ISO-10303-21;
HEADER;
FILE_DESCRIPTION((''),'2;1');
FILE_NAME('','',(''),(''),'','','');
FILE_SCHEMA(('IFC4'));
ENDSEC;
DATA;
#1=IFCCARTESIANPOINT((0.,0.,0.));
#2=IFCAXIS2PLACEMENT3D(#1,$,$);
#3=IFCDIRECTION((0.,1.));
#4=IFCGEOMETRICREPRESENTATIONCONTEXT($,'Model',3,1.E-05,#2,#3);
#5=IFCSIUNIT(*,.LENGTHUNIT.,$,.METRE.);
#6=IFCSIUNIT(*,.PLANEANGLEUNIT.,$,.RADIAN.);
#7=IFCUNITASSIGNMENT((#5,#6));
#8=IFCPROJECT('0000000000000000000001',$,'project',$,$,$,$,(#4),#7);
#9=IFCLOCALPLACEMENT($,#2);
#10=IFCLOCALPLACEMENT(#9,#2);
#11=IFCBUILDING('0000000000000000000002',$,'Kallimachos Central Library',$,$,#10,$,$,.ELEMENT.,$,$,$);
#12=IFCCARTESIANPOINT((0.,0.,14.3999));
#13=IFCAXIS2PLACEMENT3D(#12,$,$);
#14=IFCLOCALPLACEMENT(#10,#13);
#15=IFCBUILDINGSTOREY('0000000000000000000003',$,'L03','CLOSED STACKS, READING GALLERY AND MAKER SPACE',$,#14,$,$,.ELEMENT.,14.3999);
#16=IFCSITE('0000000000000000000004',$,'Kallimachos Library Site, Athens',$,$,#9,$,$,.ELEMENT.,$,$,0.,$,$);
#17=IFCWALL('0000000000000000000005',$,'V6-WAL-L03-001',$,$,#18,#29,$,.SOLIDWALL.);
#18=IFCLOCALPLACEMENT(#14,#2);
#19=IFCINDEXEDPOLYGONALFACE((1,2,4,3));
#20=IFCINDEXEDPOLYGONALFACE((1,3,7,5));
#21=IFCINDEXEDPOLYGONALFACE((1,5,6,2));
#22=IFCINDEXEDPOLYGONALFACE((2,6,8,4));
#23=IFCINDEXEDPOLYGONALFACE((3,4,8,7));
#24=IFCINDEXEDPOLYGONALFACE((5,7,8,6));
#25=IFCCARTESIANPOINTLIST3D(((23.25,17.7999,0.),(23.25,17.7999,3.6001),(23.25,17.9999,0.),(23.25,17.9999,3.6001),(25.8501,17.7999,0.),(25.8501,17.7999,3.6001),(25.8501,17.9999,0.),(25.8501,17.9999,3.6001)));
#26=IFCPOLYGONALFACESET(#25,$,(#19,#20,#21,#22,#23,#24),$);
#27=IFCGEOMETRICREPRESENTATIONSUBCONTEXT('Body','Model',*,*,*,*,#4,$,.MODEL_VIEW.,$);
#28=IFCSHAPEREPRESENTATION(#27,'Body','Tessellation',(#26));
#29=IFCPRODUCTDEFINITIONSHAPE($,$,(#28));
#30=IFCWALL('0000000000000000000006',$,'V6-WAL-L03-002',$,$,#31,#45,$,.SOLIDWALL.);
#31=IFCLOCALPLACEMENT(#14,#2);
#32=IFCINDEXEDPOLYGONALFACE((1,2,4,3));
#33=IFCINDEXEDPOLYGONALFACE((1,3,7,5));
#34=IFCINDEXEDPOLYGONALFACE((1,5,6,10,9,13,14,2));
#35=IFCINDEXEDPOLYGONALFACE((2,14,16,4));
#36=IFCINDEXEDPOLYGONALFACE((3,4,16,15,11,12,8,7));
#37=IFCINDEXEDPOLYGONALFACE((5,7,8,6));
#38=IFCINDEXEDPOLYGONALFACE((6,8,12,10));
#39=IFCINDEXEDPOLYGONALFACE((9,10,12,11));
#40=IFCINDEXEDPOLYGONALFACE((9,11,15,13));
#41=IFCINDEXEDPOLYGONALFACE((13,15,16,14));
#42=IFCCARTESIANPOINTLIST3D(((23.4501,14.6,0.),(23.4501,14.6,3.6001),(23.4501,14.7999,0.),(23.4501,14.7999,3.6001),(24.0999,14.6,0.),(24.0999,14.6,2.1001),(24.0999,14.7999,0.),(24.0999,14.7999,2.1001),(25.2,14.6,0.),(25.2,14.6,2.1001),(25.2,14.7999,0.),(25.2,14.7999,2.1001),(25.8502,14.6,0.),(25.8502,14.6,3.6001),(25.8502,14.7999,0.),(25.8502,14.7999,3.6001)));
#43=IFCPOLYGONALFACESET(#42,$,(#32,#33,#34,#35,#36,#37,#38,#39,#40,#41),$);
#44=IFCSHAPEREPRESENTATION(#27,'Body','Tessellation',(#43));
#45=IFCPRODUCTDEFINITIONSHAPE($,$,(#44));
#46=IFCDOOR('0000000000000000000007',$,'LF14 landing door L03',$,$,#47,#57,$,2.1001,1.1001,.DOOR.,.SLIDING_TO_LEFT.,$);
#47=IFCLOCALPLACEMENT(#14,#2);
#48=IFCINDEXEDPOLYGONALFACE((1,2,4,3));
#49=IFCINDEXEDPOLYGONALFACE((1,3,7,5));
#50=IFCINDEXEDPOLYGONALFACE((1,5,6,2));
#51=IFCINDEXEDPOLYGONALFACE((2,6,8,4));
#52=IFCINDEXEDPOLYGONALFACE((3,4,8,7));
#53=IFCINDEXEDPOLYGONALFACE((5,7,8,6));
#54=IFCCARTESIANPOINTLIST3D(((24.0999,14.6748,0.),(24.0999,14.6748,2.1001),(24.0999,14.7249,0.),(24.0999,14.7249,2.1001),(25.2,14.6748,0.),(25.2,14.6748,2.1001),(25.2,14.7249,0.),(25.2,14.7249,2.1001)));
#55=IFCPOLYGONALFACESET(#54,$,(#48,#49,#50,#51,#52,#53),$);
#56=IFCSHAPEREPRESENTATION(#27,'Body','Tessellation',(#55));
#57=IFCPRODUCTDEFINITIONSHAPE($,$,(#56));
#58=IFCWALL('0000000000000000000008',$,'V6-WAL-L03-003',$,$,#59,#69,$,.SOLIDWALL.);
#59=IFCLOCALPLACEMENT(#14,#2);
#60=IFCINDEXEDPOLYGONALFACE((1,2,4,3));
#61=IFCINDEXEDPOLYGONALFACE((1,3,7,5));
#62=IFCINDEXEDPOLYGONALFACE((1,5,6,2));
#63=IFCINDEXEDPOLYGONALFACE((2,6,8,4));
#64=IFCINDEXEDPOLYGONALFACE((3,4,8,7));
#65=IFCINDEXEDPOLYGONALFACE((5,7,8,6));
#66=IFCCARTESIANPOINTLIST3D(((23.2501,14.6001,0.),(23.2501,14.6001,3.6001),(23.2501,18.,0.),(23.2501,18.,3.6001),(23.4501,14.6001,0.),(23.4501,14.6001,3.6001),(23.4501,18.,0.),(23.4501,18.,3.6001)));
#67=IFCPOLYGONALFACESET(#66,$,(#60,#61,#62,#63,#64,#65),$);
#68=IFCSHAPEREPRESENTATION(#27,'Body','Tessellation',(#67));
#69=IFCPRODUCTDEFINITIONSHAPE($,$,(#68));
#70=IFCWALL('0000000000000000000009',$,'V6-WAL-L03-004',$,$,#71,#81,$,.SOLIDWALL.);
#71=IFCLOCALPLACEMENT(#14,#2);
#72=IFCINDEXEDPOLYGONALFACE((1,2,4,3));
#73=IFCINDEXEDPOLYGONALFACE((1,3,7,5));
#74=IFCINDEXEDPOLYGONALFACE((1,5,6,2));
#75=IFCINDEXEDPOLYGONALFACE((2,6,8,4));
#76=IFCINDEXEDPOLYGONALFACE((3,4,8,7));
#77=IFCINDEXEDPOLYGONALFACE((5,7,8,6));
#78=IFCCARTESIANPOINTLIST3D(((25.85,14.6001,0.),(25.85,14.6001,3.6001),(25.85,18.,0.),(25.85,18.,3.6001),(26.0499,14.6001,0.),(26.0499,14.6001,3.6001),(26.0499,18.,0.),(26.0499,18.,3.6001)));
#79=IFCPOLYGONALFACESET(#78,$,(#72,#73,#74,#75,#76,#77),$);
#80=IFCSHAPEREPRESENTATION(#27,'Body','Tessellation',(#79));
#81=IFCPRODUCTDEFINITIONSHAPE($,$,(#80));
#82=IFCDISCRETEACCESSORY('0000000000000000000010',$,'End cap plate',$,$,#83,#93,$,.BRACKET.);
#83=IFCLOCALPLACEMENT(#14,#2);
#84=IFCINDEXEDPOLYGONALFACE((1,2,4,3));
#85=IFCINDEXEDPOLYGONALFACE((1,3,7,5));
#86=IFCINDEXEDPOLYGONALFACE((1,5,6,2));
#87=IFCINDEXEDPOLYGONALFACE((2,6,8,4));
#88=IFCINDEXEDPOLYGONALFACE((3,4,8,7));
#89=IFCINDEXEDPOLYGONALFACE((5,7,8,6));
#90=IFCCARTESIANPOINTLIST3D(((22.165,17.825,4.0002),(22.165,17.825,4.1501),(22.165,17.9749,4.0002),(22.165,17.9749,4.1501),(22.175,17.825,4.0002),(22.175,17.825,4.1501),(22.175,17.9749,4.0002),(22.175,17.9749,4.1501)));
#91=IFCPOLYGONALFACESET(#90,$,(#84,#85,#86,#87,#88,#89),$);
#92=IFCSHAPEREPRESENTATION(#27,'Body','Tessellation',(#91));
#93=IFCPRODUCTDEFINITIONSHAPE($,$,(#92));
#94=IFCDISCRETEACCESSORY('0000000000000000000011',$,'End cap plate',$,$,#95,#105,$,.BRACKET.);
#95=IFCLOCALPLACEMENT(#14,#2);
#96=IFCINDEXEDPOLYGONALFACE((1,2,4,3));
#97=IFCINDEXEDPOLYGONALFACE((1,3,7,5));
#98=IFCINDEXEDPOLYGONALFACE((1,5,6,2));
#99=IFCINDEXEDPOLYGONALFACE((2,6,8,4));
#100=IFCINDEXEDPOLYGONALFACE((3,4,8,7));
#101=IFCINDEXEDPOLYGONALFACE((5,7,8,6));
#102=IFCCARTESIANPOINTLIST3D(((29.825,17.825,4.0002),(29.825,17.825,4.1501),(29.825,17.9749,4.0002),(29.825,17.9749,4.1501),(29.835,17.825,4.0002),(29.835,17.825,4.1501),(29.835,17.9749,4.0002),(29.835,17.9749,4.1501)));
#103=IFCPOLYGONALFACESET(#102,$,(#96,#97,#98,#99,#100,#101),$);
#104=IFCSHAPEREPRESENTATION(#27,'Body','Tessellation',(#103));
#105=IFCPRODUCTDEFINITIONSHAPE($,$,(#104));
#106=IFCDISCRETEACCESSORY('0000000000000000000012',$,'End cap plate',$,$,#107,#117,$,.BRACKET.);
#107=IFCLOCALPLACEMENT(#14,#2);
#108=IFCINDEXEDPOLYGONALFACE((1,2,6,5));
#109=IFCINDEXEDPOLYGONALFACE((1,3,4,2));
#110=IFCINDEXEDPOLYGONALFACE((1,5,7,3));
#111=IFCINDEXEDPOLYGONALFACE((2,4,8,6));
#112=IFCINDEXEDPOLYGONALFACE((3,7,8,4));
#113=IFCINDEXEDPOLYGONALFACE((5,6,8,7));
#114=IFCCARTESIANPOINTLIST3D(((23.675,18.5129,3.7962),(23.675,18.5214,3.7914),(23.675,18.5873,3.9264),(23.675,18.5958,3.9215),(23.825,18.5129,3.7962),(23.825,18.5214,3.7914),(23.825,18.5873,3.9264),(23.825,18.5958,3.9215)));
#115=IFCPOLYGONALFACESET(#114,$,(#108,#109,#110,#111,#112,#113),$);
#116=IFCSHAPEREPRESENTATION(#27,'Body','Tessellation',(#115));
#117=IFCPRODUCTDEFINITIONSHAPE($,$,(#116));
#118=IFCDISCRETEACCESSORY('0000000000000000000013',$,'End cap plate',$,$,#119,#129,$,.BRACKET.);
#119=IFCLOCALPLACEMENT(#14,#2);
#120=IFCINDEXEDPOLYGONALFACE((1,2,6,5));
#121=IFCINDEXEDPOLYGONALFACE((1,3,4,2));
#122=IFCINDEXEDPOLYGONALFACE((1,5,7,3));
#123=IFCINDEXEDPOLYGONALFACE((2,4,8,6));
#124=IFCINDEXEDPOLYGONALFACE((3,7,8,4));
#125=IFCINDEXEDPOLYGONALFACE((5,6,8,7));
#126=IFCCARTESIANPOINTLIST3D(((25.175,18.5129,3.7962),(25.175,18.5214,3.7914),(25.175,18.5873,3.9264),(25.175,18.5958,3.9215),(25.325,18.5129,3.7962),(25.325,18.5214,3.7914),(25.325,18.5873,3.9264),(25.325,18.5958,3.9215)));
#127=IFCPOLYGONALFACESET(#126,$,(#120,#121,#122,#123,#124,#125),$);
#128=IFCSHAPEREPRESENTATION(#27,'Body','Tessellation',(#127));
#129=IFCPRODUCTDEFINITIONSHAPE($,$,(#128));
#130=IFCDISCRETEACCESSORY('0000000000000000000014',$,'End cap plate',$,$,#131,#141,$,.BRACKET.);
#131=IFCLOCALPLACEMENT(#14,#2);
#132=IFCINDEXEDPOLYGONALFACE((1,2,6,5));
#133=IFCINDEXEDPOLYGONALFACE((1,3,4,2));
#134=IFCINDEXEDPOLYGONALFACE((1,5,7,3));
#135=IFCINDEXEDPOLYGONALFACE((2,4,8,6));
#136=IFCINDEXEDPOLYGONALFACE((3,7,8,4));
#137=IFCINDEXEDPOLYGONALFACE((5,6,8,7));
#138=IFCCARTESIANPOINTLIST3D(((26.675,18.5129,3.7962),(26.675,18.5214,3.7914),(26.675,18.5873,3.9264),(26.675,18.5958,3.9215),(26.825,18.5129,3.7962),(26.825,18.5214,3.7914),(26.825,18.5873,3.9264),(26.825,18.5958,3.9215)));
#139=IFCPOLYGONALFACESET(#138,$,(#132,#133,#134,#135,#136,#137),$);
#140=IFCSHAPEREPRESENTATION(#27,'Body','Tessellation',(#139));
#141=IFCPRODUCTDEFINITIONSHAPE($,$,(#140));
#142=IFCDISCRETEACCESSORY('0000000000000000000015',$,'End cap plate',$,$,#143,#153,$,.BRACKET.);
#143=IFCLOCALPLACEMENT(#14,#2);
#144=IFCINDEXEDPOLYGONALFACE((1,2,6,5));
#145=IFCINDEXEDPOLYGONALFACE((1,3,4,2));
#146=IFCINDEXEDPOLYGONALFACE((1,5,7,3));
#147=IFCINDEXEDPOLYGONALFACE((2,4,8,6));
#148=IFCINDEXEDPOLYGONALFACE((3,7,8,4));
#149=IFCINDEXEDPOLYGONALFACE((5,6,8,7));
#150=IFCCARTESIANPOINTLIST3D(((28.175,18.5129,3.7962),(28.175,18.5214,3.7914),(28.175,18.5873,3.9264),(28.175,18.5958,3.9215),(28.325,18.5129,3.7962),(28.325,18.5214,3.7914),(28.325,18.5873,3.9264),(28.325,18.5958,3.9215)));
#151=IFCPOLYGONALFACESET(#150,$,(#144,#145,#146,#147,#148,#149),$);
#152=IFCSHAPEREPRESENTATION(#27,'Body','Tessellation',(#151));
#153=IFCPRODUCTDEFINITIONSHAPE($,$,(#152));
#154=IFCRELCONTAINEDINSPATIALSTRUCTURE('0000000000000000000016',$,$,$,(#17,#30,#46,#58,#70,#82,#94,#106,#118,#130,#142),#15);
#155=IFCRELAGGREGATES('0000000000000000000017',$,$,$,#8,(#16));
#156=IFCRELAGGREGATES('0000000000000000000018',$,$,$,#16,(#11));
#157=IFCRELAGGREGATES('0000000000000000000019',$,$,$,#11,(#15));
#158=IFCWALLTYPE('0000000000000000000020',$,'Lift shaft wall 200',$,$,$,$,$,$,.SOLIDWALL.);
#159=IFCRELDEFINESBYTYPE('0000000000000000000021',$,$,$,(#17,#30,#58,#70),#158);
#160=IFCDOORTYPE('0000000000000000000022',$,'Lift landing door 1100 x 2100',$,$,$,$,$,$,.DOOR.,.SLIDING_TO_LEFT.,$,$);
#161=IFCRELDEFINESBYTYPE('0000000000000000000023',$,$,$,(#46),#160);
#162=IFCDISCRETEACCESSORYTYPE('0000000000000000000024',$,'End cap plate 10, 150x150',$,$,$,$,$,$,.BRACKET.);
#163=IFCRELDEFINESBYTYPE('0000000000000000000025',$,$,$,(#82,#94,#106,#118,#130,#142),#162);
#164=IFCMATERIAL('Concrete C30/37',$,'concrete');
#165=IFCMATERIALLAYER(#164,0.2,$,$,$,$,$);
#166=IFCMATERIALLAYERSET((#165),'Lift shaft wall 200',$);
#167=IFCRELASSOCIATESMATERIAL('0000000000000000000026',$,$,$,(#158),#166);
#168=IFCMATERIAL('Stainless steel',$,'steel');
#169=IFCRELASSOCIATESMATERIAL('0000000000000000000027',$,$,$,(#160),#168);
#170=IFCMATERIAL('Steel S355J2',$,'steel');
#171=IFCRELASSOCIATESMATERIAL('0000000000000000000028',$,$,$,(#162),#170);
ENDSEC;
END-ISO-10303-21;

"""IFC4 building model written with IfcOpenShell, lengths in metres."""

from ifc_helpers import new_model, si_unit, direction, frame, frame_2d, origin, origin_2d, place, context, subcontext, project, spatial, rectangle, extrude, material, layer, layer_set, material_profile, profile_set, type_object, element, fill, save


model = new_model("IFC4")

# Units and contexts
model_context = context("Model", 3, precision=1e-05, world=origin(), true_north=direction((0.0, 1.0)))
body_context = subcontext(model_context, "Body", "Model", "MODEL_VIEW")
ifc_project = project(units=[si_unit("LENGTHUNIT", "METRE"), si_unit("PLANEANGLEUNIT", "RADIAN")], contexts=[model_context])

# Site, building, storey
site_placement = place(None, origin())
site = spatial("IfcSite", under=ifc_project, at=site_placement, Name="Kallimachos Library Site, Athens", CompositionType="ELEMENT", RefElevation=0.0)
building_placement = place(site_placement, origin())
building = spatial("IfcBuilding", under=site, at=building_placement, Name="Kallimachos Central Library", CompositionType="ELEMENT")
storey_placement = place(building_placement, frame((0.0, 0.0, 14.3999)))
storey = spatial("IfcBuildingStorey", under=building, at=storey_placement, Name="L03", Description="CLOSED STACKS, READING GALLERY AND MAKER SPACE", CompositionType="ELEMENT", Elevation=14.3999)

# Wall
ifc_material_1 = material(Name="Concrete C30/37", Category="concrete")
ifc_layer_1 = layer(ifc_material_1, 0.2)
ifc_layer_set_1 = layer_set([ifc_layer_1], Name="Lift shaft wall 200")
wall_type_1 = type_object("IfcWallType", Name="Lift shaft wall 200", PredefinedType="SOLIDWALL", material=ifc_layer_set_1)
wall_1_placement = place(storey_placement, frame((23.25, 17.8999, 0.0), z_axis=(0.0, 0.0, 1.0), x_axis=(1.0, 0.0, 0.0)))
element("IfcWall", 1, at=wall_1_placement, inside=storey, type_object=wall_type_1, Name="V6-WAL-L03-001", PredefinedType="SOLIDWALL", context=body_context, shape_type="SweptSolid", body=[
    extrude(rectangle(XDim=2.6001, YDim=0.2, at=frame_2d((1.3, 0.0))), origin(), (0.0, 0.0, 1.0), 3.6001),
])

# Wall, opening, door
wall_2_placement = place(storey_placement, frame((23.45, 14.7, 0.0), z_axis=(0.0, 0.0, 1.0), x_axis=(1.0, 0.0, 0.0)))
wall_2 = element("IfcWall", 2, at=wall_2_placement, inside=storey, type_object=wall_type_1, Name="V6-WAL-L03-002", PredefinedType="SOLIDWALL", context=body_context, shape_type="SweptSolid", body=[
    extrude(rectangle(XDim=2.4001, YDim=0.2, at=frame_2d((1.2002, 0.0))), origin(), (0.0, 0.0, 1.0), 3.6001),
])
opening_placement = place(wall_2_placement, frame((0.6499, 0.0, 0.0)))
opening = element("IfcOpeningElement", 3, at=opening_placement, cuts=wall_2, PredefinedType="OPENING", context=body_context, shape_type="SweptSolid", body=[
    extrude(rectangle(XDim=1.1001, YDim=2.1001, at=frame_2d((0.55, 1.05))), frame((0.0, 0.1099, 0.0), z_axis=(0.0, -1.0, 0.0), x_axis=(1.0, 0.0, 0.0)), (0.0, 0.0, 1.0), 0.22),
])
ifc_material_2 = material(Name="Stainless steel", Category="steel")
door_type = type_object("IfcDoorType", Name="Lift landing door 1100 x 2100", OperationType="SLIDING_TO_LEFT", PredefinedType="DOOR", material=ifc_material_2)
door_placement = place(opening_placement, origin())
door = element("IfcDoor", 4, at=door_placement, inside=storey, type_object=door_type, Name="LF14 landing door L03", OperationType="SLIDING_TO_LEFT", OverallHeight=2.1001, OverallWidth=1.1001, PredefinedType="DOOR", context=body_context, shape_type="SweptSolid", body=[
    extrude(rectangle(XDim=1.1001, YDim=2.1001, at=frame_2d((0.55, 1.05))), frame((0.0, 0.0249, 0.0), z_axis=(0.0, -1.0, 0.0), x_axis=(1.0, 0.0, 0.0)), (0.0, 0.0, 1.0), 0.05),
])
fill(opening, door)

# Walls
for number, where, z_axis, x_axis, name in (
    (5, (23.3501, 14.6001, 0.0), (0.0, 0.0, 1.0), (0.0, 1.0, 0.0), "V6-WAL-L03-003"),
    (6, (25.95, 14.6001, 0.0), (0.0, 0.0, 1.0), (0.0, 1.0, 0.0), "V6-WAL-L03-004"),
):
    element("IfcWall", number, at=place(storey_placement, frame(where, z_axis=z_axis, x_axis=x_axis)), inside=storey, type_object=wall_type_1, Name=name, PredefinedType="SOLIDWALL", context=body_context, shape_type="SweptSolid", body=[
        extrude(rectangle(XDim=3.3999, YDim=0.2, at=frame_2d((1.7, 0.0))), origin(), (0.0, 0.0, 1.0), 3.6001),
    ])

# Discrete accessories
ifc_material_3 = material(Name="Steel S355J2", Category="steel")
ifc_material_profile_1 = material_profile(ifc_material_3, rectangle(XDim=0.1499, YDim=0.1499, at=origin_2d()), Name="End cap plate 10, 150x150")
ifc_profile_set_1 = profile_set([ifc_material_profile_1], Name="Steel S355J2")
discrete_accessory_type = type_object("IfcDiscreteAccessoryType", Name="End cap plate 10, 150x150", PredefinedType="BRACKET", material=ifc_profile_set_1)
for number, where, z_axis, x_axis, name in (
    (7, (22.165, 17.8999, 4.0752), (1.0, 0.0, 0.0), (0.0, 1.0, 0.0), "End cap plate"),
    (8, (29.825, 17.8999, 4.0752), (1.0, 0.0, 0.0), (0.0, 1.0, 0.0), "End cap plate"),
):
    element("IfcDiscreteAccessory", number, at=place(storey_placement, frame(where, z_axis=z_axis, x_axis=x_axis)), inside=storey, type_object=discrete_accessory_type, Name=name, PredefinedType="BRACKET", context=body_context, shape_type="SweptSolid", body=[
        extrude(rectangle(XDim=0.1499, YDim=0.1499, at=origin_2d()), origin(), (0.0, 0.0, 1.0), 0.01),
    ])
for number, where, z_axis, x_axis, name in (
    (9, (23.75, 18.5586, 3.8564), (0.0, -0.868243, 0.496139), (1.0, 0.0, 0.0), "End cap plate"),
    (10, (25.25, 18.5586, 3.8564), (0.0, -0.868243, 0.496139), (1.0, 0.0, 0.0), "End cap plate"),
    (11, (26.75, 18.5586, 3.8564), (0.0, -0.868243, 0.496139), (1.0, 0.0, 0.0), "End cap plate"),
    (12, (28.25, 18.5586, 3.8564), (0.0, -0.868243, 0.496139), (1.0, 0.0, 0.0), "End cap plate"),
):
    element("IfcDiscreteAccessory", number, at=place(storey_placement, frame(where, z_axis=z_axis, x_axis=x_axis)), inside=storey, type_object=discrete_accessory_type, Name=name, PredefinedType="BRACKET", context=body_context, shape_type="SweptSolid", body=[
        extrude(rectangle(XDim=0.1499, YDim=0.1499, at=origin_2d()), origin(), (0.0, 0.0, 1.0), 0.0098),
    ])

save(model, "model.ifc")
